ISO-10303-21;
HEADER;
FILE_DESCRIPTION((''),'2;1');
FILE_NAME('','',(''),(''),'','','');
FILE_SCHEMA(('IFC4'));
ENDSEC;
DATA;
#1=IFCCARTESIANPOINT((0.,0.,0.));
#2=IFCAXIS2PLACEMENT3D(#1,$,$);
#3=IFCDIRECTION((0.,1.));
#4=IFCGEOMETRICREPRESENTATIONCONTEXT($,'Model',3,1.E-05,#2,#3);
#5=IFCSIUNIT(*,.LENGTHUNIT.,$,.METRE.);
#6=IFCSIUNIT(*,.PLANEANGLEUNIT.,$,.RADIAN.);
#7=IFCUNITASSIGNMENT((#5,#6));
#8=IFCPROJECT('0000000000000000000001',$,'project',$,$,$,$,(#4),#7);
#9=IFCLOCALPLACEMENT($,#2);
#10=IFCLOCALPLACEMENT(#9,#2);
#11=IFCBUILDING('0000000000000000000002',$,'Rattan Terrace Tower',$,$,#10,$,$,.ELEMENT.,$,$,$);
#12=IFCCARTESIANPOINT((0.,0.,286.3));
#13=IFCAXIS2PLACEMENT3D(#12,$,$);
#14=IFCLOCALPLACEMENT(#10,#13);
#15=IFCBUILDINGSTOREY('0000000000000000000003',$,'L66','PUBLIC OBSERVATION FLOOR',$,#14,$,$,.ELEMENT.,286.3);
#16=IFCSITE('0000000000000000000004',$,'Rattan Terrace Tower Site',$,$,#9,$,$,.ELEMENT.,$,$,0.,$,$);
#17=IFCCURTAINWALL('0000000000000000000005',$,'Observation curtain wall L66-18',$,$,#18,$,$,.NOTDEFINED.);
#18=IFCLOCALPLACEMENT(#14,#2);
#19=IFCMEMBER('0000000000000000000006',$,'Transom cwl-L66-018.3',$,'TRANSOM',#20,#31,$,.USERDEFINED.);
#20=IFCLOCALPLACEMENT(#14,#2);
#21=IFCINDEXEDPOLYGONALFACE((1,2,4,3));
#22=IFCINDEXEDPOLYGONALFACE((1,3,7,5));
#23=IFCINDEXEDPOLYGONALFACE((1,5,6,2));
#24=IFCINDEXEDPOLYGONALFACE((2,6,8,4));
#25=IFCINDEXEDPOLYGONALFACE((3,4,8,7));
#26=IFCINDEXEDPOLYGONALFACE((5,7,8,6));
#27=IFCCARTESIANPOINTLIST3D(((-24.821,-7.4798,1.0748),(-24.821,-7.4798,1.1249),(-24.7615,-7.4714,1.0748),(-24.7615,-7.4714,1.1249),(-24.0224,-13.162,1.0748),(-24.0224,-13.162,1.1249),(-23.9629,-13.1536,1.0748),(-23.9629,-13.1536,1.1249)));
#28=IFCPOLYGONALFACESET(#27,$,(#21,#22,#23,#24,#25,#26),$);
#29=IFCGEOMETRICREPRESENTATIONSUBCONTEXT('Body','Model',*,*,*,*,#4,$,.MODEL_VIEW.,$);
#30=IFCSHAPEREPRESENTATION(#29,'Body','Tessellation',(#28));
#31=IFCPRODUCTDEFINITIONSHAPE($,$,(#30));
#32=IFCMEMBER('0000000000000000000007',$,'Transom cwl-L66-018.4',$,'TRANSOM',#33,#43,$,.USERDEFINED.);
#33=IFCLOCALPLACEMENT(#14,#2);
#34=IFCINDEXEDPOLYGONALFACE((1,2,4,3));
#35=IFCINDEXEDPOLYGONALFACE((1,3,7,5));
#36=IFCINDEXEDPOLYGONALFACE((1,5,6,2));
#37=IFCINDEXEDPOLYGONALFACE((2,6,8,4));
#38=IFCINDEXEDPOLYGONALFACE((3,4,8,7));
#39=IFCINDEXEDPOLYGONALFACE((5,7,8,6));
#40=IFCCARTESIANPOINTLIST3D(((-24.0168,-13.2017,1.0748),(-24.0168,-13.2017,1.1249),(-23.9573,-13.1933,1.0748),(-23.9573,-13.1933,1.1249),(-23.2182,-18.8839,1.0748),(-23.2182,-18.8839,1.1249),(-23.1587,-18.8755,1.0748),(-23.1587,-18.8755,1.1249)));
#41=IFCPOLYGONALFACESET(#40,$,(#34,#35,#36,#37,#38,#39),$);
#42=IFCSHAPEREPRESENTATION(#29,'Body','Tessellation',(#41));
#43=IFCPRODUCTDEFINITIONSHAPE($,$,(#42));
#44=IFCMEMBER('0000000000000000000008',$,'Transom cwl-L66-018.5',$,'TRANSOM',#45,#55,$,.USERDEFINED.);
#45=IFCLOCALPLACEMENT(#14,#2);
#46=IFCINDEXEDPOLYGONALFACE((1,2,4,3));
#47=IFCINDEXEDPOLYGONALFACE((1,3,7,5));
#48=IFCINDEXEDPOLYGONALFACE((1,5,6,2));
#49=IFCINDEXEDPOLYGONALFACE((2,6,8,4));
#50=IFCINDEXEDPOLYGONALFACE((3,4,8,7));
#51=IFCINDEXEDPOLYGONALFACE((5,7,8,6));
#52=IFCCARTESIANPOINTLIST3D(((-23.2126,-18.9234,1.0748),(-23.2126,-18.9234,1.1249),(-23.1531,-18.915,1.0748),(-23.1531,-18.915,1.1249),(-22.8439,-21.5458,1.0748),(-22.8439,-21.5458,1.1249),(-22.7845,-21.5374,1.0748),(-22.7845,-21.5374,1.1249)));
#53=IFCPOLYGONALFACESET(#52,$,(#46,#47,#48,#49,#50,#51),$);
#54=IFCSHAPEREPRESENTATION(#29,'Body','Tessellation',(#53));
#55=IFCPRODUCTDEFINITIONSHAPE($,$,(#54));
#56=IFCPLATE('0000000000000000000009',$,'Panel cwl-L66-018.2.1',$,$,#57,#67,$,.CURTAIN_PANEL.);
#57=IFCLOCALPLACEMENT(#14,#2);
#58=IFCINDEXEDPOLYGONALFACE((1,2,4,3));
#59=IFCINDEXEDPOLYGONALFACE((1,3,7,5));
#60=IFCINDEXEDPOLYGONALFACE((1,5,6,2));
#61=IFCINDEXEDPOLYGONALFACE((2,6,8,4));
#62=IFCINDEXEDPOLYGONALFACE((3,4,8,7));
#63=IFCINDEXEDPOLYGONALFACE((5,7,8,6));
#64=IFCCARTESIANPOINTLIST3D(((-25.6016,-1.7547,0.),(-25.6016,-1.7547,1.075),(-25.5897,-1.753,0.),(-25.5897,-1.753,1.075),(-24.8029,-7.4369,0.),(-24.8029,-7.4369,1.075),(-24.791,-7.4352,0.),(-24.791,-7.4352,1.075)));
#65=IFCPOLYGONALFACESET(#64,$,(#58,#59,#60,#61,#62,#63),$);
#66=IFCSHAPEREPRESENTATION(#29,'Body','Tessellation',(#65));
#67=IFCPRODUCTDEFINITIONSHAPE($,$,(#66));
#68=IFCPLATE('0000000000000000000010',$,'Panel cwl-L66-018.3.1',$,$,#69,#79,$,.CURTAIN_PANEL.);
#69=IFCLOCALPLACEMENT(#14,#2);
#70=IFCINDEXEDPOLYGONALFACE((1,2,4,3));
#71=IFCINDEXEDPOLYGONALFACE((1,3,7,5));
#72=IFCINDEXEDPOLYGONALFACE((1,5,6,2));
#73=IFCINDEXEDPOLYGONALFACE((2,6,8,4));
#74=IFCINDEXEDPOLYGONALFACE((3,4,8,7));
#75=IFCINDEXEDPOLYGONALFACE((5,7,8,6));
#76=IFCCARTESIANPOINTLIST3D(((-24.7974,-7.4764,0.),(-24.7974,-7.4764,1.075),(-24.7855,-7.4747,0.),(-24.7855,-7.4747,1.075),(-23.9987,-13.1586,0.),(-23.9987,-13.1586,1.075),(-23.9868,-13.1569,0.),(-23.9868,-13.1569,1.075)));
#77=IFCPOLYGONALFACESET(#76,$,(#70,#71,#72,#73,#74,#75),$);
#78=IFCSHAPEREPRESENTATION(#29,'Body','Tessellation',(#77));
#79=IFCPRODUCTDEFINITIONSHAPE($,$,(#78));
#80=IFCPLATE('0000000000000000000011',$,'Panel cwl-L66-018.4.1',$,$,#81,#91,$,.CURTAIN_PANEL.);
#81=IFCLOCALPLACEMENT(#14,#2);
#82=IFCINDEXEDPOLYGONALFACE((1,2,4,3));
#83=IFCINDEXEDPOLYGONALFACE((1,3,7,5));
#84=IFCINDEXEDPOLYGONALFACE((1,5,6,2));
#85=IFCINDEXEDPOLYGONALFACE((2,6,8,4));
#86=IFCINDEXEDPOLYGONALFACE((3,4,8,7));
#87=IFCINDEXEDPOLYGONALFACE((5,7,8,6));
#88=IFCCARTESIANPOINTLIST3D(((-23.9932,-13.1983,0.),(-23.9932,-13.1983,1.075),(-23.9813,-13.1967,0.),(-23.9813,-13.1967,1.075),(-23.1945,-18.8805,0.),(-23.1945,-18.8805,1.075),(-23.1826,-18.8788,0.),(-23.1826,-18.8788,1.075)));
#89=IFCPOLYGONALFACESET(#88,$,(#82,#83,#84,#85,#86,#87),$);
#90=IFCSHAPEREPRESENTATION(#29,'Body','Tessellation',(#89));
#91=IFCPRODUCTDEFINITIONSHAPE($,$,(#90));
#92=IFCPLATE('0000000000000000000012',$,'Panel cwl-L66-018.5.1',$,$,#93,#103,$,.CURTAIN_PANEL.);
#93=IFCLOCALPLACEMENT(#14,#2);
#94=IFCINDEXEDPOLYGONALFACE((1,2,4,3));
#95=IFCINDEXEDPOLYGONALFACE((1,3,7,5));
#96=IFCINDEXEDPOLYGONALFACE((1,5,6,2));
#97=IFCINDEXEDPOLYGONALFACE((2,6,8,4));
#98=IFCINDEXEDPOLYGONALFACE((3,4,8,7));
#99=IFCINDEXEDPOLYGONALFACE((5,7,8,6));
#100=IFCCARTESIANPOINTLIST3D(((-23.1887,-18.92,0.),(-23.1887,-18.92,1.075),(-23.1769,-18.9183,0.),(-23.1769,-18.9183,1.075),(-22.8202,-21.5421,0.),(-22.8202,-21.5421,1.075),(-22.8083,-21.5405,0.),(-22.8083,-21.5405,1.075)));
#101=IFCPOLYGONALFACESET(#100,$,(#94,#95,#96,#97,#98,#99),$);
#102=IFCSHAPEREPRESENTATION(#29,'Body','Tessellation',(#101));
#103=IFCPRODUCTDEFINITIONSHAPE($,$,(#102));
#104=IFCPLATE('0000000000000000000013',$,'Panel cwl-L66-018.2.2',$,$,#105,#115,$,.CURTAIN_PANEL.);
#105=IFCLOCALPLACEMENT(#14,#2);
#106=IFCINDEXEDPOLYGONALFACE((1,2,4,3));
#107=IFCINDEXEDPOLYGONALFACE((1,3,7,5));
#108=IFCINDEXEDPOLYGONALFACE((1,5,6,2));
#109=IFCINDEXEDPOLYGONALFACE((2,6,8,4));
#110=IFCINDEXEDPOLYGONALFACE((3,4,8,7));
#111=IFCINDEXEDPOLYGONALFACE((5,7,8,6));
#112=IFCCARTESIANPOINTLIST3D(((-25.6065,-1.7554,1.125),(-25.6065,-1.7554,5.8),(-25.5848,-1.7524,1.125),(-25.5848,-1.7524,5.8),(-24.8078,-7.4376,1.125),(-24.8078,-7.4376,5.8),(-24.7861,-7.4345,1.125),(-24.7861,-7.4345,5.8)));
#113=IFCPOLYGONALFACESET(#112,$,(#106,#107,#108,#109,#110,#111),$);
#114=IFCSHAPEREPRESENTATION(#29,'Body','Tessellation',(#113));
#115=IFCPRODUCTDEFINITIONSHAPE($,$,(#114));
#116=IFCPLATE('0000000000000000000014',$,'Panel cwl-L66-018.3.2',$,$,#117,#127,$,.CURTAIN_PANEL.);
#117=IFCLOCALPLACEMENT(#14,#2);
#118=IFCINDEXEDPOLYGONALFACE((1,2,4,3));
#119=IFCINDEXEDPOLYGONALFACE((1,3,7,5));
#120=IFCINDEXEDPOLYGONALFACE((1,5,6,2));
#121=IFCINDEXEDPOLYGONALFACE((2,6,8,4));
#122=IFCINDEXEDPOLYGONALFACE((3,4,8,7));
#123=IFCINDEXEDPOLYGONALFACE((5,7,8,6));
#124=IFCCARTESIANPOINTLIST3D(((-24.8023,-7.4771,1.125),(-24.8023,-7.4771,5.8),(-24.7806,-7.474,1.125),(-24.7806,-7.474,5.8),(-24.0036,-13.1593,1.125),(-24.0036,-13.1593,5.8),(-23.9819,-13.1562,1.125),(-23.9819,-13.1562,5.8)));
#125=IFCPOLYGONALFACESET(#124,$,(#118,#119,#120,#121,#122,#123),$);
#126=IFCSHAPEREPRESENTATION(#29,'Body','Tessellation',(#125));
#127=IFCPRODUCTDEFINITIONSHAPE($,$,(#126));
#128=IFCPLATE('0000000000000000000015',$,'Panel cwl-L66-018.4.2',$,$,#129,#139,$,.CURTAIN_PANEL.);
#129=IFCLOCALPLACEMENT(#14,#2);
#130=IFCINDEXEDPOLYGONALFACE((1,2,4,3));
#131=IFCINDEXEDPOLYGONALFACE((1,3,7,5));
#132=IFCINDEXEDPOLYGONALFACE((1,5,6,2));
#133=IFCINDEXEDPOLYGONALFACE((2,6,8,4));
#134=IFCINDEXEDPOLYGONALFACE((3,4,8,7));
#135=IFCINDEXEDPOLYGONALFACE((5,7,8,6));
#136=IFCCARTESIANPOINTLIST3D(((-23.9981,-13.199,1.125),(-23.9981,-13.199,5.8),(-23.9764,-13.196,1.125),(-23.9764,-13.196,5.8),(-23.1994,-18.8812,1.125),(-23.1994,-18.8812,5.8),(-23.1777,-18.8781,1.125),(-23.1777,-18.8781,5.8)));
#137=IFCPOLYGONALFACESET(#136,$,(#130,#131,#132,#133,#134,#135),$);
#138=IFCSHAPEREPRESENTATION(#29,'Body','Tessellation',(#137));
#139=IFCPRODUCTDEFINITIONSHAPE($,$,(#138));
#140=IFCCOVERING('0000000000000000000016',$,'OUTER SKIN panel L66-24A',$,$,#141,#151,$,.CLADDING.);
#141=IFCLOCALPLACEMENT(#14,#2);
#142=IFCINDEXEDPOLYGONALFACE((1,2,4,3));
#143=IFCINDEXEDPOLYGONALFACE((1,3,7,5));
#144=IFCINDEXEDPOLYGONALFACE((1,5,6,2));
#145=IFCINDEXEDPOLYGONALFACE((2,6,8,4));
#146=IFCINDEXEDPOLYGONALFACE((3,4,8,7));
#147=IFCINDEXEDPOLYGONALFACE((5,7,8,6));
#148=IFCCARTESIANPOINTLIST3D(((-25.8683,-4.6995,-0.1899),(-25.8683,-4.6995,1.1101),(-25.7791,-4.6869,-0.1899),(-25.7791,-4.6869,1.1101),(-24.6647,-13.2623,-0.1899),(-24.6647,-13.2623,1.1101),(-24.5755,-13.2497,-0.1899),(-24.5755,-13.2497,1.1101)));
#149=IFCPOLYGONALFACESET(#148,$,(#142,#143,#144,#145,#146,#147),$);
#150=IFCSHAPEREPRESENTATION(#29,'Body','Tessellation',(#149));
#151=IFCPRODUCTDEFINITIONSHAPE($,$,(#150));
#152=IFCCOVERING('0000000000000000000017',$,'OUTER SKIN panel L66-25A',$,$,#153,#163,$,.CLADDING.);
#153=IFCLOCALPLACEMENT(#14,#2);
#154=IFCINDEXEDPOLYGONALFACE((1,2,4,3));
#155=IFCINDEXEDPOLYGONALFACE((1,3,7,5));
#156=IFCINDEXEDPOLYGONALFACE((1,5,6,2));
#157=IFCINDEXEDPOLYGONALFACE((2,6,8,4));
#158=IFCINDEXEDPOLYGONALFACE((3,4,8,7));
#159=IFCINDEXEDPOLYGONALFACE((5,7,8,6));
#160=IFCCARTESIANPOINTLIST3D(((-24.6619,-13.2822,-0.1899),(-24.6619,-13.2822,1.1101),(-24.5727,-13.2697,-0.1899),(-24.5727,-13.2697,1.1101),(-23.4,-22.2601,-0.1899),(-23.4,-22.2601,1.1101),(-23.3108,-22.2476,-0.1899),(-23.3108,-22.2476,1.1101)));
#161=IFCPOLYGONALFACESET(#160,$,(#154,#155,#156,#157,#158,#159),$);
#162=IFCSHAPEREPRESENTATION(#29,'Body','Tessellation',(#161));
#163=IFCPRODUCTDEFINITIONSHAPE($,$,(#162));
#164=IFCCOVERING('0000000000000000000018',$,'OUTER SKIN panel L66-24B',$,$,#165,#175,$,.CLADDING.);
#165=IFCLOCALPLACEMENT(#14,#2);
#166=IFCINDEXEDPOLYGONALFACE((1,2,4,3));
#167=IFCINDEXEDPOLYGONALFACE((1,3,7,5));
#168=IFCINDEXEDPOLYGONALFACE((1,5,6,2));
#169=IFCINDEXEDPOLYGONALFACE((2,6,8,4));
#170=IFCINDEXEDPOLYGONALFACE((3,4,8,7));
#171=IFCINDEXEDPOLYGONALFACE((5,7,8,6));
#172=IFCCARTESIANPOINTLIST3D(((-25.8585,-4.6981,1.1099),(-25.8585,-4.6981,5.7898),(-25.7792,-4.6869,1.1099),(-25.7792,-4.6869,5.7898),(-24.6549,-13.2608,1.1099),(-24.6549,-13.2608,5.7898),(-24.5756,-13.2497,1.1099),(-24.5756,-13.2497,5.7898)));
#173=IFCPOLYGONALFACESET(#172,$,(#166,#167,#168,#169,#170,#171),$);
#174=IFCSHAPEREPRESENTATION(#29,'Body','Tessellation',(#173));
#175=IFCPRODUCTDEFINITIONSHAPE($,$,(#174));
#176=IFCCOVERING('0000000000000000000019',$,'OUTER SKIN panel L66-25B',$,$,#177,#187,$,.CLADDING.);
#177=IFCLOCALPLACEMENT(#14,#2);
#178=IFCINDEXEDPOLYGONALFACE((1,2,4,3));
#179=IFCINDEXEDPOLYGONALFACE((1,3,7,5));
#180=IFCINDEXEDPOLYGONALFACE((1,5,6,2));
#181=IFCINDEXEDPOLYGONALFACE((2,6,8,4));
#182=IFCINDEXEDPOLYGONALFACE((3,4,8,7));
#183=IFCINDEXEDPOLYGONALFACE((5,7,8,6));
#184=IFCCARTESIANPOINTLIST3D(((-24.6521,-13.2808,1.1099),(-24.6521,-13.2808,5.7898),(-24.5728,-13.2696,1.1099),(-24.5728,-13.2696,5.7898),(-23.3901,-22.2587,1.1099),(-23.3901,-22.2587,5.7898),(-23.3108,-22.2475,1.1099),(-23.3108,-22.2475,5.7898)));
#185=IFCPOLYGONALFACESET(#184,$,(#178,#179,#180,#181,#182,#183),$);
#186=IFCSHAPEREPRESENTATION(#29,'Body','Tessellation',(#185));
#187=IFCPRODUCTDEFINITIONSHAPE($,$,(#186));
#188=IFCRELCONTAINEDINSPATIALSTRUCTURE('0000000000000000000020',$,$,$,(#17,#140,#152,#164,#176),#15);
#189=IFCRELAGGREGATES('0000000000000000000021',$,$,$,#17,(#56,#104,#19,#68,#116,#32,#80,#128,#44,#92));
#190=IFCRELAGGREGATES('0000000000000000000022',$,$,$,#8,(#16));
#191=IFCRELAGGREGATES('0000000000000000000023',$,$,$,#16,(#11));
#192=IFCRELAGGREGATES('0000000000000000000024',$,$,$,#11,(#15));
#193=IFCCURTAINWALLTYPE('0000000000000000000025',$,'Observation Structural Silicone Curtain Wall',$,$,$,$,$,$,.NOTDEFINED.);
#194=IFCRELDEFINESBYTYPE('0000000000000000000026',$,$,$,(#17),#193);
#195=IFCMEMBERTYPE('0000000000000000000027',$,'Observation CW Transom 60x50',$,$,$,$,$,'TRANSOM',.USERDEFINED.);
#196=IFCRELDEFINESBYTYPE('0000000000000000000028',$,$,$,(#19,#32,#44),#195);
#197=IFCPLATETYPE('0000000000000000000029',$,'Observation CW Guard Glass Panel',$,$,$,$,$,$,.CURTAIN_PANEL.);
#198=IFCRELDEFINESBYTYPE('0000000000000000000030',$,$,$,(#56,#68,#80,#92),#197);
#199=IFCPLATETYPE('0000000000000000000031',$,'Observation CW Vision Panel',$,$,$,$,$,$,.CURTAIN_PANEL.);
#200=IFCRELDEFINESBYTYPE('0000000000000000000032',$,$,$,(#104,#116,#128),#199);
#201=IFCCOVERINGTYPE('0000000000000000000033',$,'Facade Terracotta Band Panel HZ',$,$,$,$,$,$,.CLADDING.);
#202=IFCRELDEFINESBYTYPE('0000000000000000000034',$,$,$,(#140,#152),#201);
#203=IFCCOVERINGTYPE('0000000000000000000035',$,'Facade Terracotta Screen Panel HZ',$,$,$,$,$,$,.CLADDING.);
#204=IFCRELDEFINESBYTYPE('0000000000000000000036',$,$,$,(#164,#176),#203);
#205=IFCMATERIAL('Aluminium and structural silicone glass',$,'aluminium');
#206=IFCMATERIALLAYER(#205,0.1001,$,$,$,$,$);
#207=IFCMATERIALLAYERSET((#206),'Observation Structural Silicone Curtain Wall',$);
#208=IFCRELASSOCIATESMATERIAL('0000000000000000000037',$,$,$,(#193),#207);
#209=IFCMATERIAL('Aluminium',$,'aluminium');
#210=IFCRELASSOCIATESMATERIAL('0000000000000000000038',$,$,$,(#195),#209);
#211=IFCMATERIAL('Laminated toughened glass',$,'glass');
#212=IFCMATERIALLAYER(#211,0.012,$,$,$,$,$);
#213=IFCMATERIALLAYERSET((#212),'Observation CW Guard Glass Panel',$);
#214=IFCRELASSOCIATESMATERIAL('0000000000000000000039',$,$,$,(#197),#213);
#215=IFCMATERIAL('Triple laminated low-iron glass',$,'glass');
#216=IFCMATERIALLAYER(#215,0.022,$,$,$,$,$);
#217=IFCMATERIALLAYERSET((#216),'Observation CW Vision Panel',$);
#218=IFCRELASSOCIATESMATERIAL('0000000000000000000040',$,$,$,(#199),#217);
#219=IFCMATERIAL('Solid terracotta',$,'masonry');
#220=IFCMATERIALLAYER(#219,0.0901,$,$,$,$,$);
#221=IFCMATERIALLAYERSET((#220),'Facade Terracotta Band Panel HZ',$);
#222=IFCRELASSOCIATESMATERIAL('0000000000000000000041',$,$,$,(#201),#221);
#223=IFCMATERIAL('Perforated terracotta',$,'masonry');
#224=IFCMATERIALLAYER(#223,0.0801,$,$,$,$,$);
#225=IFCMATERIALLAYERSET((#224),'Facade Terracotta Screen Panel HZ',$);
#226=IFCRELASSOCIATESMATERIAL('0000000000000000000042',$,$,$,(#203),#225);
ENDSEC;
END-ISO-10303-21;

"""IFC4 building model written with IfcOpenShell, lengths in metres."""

from ifc_helpers import new_model, si_unit, direction, frame, origin, origin_2d, place, context, subcontext, project, spatial, rectangle, extrude, material, layer, layer_set, material_profile, profile_set, type_object, element, aggregate, save


model = new_model("IFC4")

# Units and contexts
model_context = context("Model", 3, precision=1e-05, world=origin(), true_north=direction((0.0, 1.0)))
body_context = subcontext(model_context, "Body", "Model", "MODEL_VIEW")
ifc_project = project(units=[si_unit("LENGTHUNIT", "METRE"), si_unit("PLANEANGLEUNIT", "RADIAN")], contexts=[model_context])

# Site, building, storey
site_placement = place(None, origin())
site = spatial("IfcSite", under=ifc_project, at=site_placement, Name="Rattan Terrace Tower Site", CompositionType="ELEMENT", RefElevation=0.0)
building_placement = place(site_placement, origin())
building = spatial("IfcBuilding", under=site, at=building_placement, Name="Rattan Terrace Tower", CompositionType="ELEMENT")
storey_placement = place(building_placement, frame((0.0, 0.0, 286.3)))
storey = spatial("IfcBuildingStorey", under=building, at=storey_placement, Name="L66", Description="PUBLIC OBSERVATION FLOOR", CompositionType="ELEMENT", Elevation=286.3)

# Curtain wall, members, plates
ifc_material_1 = material(Name="Aluminium and structural silicone glass", Category="aluminium")
ifc_layer_1 = layer(ifc_material_1, 0.1001)
ifc_layer_set_1 = layer_set([ifc_layer_1], Name="Observation Structural Silicone Curtain Wall")
curtain_wall_type = type_object("IfcCurtainWallType", Name="Observation Structural Silicone Curtain Wall", PredefinedType="NOTDEFINED", material=ifc_layer_set_1)
curtain_wall_placement = place(storey_placement, origin())
curtain_wall = element("IfcCurtainWall", 1, at=curtain_wall_placement, inside=storey, type_object=curtain_wall_type, Name="Observation curtain wall L66-18", PredefinedType="NOTDEFINED")
ifc_material_2 = material(Name="Aluminium", Category="aluminium")
ifc_material_profile_1 = material_profile(ifc_material_2, rectangle(XDim=0.0601, YDim=0.05, at=origin_2d()), Name="Aluminium 60x50")
ifc_profile_set_1 = profile_set([ifc_material_profile_1], Name="Aluminium")
member_type_1 = type_object("IfcMemberType", Name="Observation CW Transom 60x50", ElementType="TRANSOM", PredefinedType="USERDEFINED", material=ifc_profile_set_1)
member_1_placement = place(storey_placement, frame((-24.7913, -7.4756, 1.0999), z_axis=(0.139175, -0.990268, 0.0), x_axis=(0.990268, 0.139175, 0.0)))
member_1 = element("IfcMember", 2, at=member_1_placement, type_object=member_type_1, Name="Transom cwl-L66-018.3", ObjectType="TRANSOM", PredefinedType="USERDEFINED", context=body_context, shape_type="SweptSolid", body=[
    extrude(rectangle(XDim=0.0601, YDim=0.05, at=origin_2d()), origin(), (0.0, 0.0, 1.0), 5.738),
])
member_2_placement = place(storey_placement, frame((-23.9871, -13.1975, 1.0999), z_axis=(0.139175, -0.990268, 0.0), x_axis=(0.990268, 0.139175, 0.0)))
member_2 = element("IfcMember", 3, at=member_2_placement, type_object=member_type_1, Name="Transom cwl-L66-018.4", ObjectType="TRANSOM", PredefinedType="USERDEFINED", context=body_context, shape_type="SweptSolid", body=[
    extrude(rectangle(XDim=0.0601, YDim=0.05, at=origin_2d()), origin(), (0.0, 0.0, 1.0), 5.738),
])
member_3_placement = place(storey_placement, frame((-23.1829, -18.9192, 1.0999), z_axis=(0.139214, -0.990262, 0.0), x_axis=(0.990262, 0.139214, 0.0)))
member_3 = element("IfcMember", 4, at=member_3_placement, type_object=member_type_1, Name="Transom cwl-L66-018.5", ObjectType="TRANSOM", PredefinedType="USERDEFINED", context=body_context, shape_type="SweptSolid", body=[
    extrude(rectangle(XDim=0.0601, YDim=0.05, at=origin_2d()), origin(), (0.0, 0.0, 1.0), 2.6482),
])
ifc_material_3 = material(Name="Laminated toughened glass", Category="glass")
ifc_layer_2 = layer(ifc_material_3, 0.012)
ifc_layer_set_2 = layer_set([ifc_layer_2], Name="Observation CW Guard Glass Panel")
plate_type_1 = type_object("IfcPlateType", Name="Observation CW Guard Glass Panel", PredefinedType="CURTAIN_PANEL", material=ifc_layer_set_2)
plate_1_placement = place(storey_placement, frame((-25.1963, -4.595, 0.0), z_axis=(0.0, 0.0, 1.0), x_axis=(0.139192, -0.990265, 0.0)))
plate_1 = element("IfcPlate", 5, at=plate_1_placement, type_object=plate_type_1, Name="Panel cwl-L66-018.2.1", PredefinedType="CURTAIN_PANEL", context=body_context, shape_type="SweptSolid", body=[
    extrude(rectangle(XDim=5.738, YDim=0.012, at=origin_2d()), origin(), (0.0, 0.0, 1.0), 1.075),
])
plate_2_placement = place(storey_placement, frame((-24.3921, -10.3167, 0.0), z_axis=(0.0, 0.0, 1.0), x_axis=(0.139192, -0.990265, 0.0)))
plate_2 = element("IfcPlate", 6, at=plate_2_placement, type_object=plate_type_1, Name="Panel cwl-L66-018.3.1", PredefinedType="CURTAIN_PANEL", context=body_context, shape_type="SweptSolid", body=[
    extrude(rectangle(XDim=5.738, YDim=0.012, at=origin_2d()), origin(), (0.0, 0.0, 1.0), 1.075),
])
plate_3_placement = place(storey_placement, frame((-23.5879, -16.0386, 0.0), z_axis=(0.0, 0.0, 1.0), x_axis=(0.139192, -0.990265, 0.0)))
plate_3 = element("IfcPlate", 7, at=plate_3_placement, type_object=plate_type_1, Name="Panel cwl-L66-018.4.1", PredefinedType="CURTAIN_PANEL", context=body_context, shape_type="SweptSolid", body=[
    extrude(rectangle(XDim=5.738, YDim=0.012, at=origin_2d()), origin(), (0.0, 0.0, 1.0), 1.075),
])
plate_4_placement = place(storey_placement, frame((-22.9985, -20.2302, 0.0), z_axis=(0.0, 0.0, 1.0), x_axis=(0.139192, -0.990265, 0.0)))
plate_4 = element("IfcPlate", 8, at=plate_4_placement, type_object=plate_type_1, Name="Panel cwl-L66-018.5.1", PredefinedType="CURTAIN_PANEL", context=body_context, shape_type="SweptSolid", body=[
    extrude(rectangle(XDim=2.6479, YDim=0.012, at=origin_2d()), origin(), (0.0, 0.0, 1.0), 1.075),
])
ifc_material_4 = material(Name="Triple laminated low-iron glass", Category="glass")
ifc_layer_3 = layer(ifc_material_4, 0.022)
ifc_layer_set_3 = layer_set([ifc_layer_3], Name="Observation CW Vision Panel")
plate_type_2 = type_object("IfcPlateType", Name="Observation CW Vision Panel", PredefinedType="CURTAIN_PANEL", material=ifc_layer_set_3)
plate_5_placement = place(storey_placement, frame((-25.1963, -4.595, 1.125), z_axis=(0.0, 0.0, 1.0), x_axis=(0.139192, -0.990265, 0.0)))
plate_5 = element("IfcPlate", 9, at=plate_5_placement, type_object=plate_type_2, Name="Panel cwl-L66-018.2.2", PredefinedType="CURTAIN_PANEL", context=body_context, shape_type="SweptSolid", body=[
    extrude(rectangle(XDim=5.738, YDim=0.022, at=origin_2d()), origin(), (0.0, 0.0, 1.0), 4.675),
])
plate_6_placement = place(storey_placement, frame((-24.3921, -10.3167, 1.125), z_axis=(0.0, 0.0, 1.0), x_axis=(0.139192, -0.990265, 0.0)))
plate_6 = element("IfcPlate", 10, at=plate_6_placement, type_object=plate_type_2, Name="Panel cwl-L66-018.3.2", PredefinedType="CURTAIN_PANEL", context=body_context, shape_type="SweptSolid", body=[
    extrude(rectangle(XDim=5.738, YDim=0.022, at=origin_2d()), origin(), (0.0, 0.0, 1.0), 4.675),
])
plate_7_placement = place(storey_placement, frame((-23.5879, -16.0386, 1.125), z_axis=(0.0, 0.0, 1.0), x_axis=(0.139192, -0.990265, 0.0)))
plate_7 = element("IfcPlate", 11, at=plate_7_placement, type_object=plate_type_2, Name="Panel cwl-L66-018.4.2", PredefinedType="CURTAIN_PANEL", context=body_context, shape_type="SweptSolid", body=[
    extrude(rectangle(XDim=5.738, YDim=0.022, at=origin_2d()), origin(), (0.0, 0.0, 1.0), 4.675),
])
aggregate(curtain_wall, [plate_1, plate_5, member_1, plate_2, plate_6, member_2, plate_3, plate_7, member_3, plate_4])

# Coverings
ifc_material_5 = material(Name="Solid terracotta", Category="masonry")
ifc_layer_4 = layer(ifc_material_5, 0.0901)
ifc_layer_set_4 = layer_set([ifc_layer_4], Name="Facade Terracotta Band Panel HZ")
covering_type_1 = type_object("IfcCoveringType", Name="Facade Terracotta Band Panel HZ", PredefinedType="CLADDING", material=ifc_layer_set_4)
covering_1_placement = place(storey_placement, frame((-25.2219, -8.9746, -0.1899), z_axis=(0.0, 0.0, 1.0), x_axis=(0.139192, -0.990265, 0.0)))
element("IfcCovering", 12, at=covering_1_placement, inside=storey, type_object=covering_type_1, Name="OUTER SKIN panel L66-24A", PredefinedType="CLADDING", context=body_context, shape_type="SweptSolid", body=[
    extrude(rectangle(XDim=8.647, YDim=0.0901, at=origin_2d()), origin(), (0.0, 0.0, 1.0), 1.3),
])
covering_2_placement = place(storey_placement, frame((-23.9863, -17.7649, -0.1899), z_axis=(0.0, 0.0, 1.0), x_axis=(0.139192, -0.990265, 0.0)))
element("IfcCovering", 13, at=covering_2_placement, inside=storey, type_object=covering_type_1, Name="OUTER SKIN panel L66-25A", PredefinedType="CLADDING", context=body_context, shape_type="SweptSolid", body=[
    extrude(rectangle(XDim=9.0662, YDim=0.0901, at=origin_2d()), origin(), (0.0, 0.0, 1.0), 1.3),
])
ifc_material_6 = material(Name="Perforated terracotta", Category="masonry")
ifc_layer_5 = layer(ifc_material_6, 0.0801)
ifc_layer_set_5 = layer_set([ifc_layer_5], Name="Facade Terracotta Screen Panel HZ")
covering_type_2 = type_object("IfcCoveringType", Name="Facade Terracotta Screen Panel HZ", PredefinedType="CLADDING", material=ifc_layer_set_5)
covering_3_placement = place(storey_placement, frame((-25.217, -8.9739, 1.1099), z_axis=(0.0, 0.0, 1.0), x_axis=(0.139192, -0.990265, 0.0)))
element("IfcCovering", 14, at=covering_3_placement, inside=storey, type_object=covering_type_2, Name="OUTER SKIN panel L66-24B", PredefinedType="CLADDING", context=body_context, shape_type="SweptSolid", body=[
    extrude(rectangle(XDim=8.647, YDim=0.0801, at=origin_2d()), origin(), (0.0, 0.0, 1.0), 4.6799),
])
covering_4_placement = place(storey_placement, frame((-23.9814, -17.7642, 1.1099), z_axis=(0.0, 0.0, 1.0), x_axis=(0.139192, -0.990265, 0.0)))
element("IfcCovering", 15, at=covering_4_placement, inside=storey, type_object=covering_type_2, Name="OUTER SKIN panel L66-25B", PredefinedType="CLADDING", context=body_context, shape_type="SweptSolid", body=[
    extrude(rectangle(XDim=9.0662, YDim=0.0801, at=origin_2d()), origin(), (0.0, 0.0, 1.0), 4.6799),
])

save(model, "model.ifc")
